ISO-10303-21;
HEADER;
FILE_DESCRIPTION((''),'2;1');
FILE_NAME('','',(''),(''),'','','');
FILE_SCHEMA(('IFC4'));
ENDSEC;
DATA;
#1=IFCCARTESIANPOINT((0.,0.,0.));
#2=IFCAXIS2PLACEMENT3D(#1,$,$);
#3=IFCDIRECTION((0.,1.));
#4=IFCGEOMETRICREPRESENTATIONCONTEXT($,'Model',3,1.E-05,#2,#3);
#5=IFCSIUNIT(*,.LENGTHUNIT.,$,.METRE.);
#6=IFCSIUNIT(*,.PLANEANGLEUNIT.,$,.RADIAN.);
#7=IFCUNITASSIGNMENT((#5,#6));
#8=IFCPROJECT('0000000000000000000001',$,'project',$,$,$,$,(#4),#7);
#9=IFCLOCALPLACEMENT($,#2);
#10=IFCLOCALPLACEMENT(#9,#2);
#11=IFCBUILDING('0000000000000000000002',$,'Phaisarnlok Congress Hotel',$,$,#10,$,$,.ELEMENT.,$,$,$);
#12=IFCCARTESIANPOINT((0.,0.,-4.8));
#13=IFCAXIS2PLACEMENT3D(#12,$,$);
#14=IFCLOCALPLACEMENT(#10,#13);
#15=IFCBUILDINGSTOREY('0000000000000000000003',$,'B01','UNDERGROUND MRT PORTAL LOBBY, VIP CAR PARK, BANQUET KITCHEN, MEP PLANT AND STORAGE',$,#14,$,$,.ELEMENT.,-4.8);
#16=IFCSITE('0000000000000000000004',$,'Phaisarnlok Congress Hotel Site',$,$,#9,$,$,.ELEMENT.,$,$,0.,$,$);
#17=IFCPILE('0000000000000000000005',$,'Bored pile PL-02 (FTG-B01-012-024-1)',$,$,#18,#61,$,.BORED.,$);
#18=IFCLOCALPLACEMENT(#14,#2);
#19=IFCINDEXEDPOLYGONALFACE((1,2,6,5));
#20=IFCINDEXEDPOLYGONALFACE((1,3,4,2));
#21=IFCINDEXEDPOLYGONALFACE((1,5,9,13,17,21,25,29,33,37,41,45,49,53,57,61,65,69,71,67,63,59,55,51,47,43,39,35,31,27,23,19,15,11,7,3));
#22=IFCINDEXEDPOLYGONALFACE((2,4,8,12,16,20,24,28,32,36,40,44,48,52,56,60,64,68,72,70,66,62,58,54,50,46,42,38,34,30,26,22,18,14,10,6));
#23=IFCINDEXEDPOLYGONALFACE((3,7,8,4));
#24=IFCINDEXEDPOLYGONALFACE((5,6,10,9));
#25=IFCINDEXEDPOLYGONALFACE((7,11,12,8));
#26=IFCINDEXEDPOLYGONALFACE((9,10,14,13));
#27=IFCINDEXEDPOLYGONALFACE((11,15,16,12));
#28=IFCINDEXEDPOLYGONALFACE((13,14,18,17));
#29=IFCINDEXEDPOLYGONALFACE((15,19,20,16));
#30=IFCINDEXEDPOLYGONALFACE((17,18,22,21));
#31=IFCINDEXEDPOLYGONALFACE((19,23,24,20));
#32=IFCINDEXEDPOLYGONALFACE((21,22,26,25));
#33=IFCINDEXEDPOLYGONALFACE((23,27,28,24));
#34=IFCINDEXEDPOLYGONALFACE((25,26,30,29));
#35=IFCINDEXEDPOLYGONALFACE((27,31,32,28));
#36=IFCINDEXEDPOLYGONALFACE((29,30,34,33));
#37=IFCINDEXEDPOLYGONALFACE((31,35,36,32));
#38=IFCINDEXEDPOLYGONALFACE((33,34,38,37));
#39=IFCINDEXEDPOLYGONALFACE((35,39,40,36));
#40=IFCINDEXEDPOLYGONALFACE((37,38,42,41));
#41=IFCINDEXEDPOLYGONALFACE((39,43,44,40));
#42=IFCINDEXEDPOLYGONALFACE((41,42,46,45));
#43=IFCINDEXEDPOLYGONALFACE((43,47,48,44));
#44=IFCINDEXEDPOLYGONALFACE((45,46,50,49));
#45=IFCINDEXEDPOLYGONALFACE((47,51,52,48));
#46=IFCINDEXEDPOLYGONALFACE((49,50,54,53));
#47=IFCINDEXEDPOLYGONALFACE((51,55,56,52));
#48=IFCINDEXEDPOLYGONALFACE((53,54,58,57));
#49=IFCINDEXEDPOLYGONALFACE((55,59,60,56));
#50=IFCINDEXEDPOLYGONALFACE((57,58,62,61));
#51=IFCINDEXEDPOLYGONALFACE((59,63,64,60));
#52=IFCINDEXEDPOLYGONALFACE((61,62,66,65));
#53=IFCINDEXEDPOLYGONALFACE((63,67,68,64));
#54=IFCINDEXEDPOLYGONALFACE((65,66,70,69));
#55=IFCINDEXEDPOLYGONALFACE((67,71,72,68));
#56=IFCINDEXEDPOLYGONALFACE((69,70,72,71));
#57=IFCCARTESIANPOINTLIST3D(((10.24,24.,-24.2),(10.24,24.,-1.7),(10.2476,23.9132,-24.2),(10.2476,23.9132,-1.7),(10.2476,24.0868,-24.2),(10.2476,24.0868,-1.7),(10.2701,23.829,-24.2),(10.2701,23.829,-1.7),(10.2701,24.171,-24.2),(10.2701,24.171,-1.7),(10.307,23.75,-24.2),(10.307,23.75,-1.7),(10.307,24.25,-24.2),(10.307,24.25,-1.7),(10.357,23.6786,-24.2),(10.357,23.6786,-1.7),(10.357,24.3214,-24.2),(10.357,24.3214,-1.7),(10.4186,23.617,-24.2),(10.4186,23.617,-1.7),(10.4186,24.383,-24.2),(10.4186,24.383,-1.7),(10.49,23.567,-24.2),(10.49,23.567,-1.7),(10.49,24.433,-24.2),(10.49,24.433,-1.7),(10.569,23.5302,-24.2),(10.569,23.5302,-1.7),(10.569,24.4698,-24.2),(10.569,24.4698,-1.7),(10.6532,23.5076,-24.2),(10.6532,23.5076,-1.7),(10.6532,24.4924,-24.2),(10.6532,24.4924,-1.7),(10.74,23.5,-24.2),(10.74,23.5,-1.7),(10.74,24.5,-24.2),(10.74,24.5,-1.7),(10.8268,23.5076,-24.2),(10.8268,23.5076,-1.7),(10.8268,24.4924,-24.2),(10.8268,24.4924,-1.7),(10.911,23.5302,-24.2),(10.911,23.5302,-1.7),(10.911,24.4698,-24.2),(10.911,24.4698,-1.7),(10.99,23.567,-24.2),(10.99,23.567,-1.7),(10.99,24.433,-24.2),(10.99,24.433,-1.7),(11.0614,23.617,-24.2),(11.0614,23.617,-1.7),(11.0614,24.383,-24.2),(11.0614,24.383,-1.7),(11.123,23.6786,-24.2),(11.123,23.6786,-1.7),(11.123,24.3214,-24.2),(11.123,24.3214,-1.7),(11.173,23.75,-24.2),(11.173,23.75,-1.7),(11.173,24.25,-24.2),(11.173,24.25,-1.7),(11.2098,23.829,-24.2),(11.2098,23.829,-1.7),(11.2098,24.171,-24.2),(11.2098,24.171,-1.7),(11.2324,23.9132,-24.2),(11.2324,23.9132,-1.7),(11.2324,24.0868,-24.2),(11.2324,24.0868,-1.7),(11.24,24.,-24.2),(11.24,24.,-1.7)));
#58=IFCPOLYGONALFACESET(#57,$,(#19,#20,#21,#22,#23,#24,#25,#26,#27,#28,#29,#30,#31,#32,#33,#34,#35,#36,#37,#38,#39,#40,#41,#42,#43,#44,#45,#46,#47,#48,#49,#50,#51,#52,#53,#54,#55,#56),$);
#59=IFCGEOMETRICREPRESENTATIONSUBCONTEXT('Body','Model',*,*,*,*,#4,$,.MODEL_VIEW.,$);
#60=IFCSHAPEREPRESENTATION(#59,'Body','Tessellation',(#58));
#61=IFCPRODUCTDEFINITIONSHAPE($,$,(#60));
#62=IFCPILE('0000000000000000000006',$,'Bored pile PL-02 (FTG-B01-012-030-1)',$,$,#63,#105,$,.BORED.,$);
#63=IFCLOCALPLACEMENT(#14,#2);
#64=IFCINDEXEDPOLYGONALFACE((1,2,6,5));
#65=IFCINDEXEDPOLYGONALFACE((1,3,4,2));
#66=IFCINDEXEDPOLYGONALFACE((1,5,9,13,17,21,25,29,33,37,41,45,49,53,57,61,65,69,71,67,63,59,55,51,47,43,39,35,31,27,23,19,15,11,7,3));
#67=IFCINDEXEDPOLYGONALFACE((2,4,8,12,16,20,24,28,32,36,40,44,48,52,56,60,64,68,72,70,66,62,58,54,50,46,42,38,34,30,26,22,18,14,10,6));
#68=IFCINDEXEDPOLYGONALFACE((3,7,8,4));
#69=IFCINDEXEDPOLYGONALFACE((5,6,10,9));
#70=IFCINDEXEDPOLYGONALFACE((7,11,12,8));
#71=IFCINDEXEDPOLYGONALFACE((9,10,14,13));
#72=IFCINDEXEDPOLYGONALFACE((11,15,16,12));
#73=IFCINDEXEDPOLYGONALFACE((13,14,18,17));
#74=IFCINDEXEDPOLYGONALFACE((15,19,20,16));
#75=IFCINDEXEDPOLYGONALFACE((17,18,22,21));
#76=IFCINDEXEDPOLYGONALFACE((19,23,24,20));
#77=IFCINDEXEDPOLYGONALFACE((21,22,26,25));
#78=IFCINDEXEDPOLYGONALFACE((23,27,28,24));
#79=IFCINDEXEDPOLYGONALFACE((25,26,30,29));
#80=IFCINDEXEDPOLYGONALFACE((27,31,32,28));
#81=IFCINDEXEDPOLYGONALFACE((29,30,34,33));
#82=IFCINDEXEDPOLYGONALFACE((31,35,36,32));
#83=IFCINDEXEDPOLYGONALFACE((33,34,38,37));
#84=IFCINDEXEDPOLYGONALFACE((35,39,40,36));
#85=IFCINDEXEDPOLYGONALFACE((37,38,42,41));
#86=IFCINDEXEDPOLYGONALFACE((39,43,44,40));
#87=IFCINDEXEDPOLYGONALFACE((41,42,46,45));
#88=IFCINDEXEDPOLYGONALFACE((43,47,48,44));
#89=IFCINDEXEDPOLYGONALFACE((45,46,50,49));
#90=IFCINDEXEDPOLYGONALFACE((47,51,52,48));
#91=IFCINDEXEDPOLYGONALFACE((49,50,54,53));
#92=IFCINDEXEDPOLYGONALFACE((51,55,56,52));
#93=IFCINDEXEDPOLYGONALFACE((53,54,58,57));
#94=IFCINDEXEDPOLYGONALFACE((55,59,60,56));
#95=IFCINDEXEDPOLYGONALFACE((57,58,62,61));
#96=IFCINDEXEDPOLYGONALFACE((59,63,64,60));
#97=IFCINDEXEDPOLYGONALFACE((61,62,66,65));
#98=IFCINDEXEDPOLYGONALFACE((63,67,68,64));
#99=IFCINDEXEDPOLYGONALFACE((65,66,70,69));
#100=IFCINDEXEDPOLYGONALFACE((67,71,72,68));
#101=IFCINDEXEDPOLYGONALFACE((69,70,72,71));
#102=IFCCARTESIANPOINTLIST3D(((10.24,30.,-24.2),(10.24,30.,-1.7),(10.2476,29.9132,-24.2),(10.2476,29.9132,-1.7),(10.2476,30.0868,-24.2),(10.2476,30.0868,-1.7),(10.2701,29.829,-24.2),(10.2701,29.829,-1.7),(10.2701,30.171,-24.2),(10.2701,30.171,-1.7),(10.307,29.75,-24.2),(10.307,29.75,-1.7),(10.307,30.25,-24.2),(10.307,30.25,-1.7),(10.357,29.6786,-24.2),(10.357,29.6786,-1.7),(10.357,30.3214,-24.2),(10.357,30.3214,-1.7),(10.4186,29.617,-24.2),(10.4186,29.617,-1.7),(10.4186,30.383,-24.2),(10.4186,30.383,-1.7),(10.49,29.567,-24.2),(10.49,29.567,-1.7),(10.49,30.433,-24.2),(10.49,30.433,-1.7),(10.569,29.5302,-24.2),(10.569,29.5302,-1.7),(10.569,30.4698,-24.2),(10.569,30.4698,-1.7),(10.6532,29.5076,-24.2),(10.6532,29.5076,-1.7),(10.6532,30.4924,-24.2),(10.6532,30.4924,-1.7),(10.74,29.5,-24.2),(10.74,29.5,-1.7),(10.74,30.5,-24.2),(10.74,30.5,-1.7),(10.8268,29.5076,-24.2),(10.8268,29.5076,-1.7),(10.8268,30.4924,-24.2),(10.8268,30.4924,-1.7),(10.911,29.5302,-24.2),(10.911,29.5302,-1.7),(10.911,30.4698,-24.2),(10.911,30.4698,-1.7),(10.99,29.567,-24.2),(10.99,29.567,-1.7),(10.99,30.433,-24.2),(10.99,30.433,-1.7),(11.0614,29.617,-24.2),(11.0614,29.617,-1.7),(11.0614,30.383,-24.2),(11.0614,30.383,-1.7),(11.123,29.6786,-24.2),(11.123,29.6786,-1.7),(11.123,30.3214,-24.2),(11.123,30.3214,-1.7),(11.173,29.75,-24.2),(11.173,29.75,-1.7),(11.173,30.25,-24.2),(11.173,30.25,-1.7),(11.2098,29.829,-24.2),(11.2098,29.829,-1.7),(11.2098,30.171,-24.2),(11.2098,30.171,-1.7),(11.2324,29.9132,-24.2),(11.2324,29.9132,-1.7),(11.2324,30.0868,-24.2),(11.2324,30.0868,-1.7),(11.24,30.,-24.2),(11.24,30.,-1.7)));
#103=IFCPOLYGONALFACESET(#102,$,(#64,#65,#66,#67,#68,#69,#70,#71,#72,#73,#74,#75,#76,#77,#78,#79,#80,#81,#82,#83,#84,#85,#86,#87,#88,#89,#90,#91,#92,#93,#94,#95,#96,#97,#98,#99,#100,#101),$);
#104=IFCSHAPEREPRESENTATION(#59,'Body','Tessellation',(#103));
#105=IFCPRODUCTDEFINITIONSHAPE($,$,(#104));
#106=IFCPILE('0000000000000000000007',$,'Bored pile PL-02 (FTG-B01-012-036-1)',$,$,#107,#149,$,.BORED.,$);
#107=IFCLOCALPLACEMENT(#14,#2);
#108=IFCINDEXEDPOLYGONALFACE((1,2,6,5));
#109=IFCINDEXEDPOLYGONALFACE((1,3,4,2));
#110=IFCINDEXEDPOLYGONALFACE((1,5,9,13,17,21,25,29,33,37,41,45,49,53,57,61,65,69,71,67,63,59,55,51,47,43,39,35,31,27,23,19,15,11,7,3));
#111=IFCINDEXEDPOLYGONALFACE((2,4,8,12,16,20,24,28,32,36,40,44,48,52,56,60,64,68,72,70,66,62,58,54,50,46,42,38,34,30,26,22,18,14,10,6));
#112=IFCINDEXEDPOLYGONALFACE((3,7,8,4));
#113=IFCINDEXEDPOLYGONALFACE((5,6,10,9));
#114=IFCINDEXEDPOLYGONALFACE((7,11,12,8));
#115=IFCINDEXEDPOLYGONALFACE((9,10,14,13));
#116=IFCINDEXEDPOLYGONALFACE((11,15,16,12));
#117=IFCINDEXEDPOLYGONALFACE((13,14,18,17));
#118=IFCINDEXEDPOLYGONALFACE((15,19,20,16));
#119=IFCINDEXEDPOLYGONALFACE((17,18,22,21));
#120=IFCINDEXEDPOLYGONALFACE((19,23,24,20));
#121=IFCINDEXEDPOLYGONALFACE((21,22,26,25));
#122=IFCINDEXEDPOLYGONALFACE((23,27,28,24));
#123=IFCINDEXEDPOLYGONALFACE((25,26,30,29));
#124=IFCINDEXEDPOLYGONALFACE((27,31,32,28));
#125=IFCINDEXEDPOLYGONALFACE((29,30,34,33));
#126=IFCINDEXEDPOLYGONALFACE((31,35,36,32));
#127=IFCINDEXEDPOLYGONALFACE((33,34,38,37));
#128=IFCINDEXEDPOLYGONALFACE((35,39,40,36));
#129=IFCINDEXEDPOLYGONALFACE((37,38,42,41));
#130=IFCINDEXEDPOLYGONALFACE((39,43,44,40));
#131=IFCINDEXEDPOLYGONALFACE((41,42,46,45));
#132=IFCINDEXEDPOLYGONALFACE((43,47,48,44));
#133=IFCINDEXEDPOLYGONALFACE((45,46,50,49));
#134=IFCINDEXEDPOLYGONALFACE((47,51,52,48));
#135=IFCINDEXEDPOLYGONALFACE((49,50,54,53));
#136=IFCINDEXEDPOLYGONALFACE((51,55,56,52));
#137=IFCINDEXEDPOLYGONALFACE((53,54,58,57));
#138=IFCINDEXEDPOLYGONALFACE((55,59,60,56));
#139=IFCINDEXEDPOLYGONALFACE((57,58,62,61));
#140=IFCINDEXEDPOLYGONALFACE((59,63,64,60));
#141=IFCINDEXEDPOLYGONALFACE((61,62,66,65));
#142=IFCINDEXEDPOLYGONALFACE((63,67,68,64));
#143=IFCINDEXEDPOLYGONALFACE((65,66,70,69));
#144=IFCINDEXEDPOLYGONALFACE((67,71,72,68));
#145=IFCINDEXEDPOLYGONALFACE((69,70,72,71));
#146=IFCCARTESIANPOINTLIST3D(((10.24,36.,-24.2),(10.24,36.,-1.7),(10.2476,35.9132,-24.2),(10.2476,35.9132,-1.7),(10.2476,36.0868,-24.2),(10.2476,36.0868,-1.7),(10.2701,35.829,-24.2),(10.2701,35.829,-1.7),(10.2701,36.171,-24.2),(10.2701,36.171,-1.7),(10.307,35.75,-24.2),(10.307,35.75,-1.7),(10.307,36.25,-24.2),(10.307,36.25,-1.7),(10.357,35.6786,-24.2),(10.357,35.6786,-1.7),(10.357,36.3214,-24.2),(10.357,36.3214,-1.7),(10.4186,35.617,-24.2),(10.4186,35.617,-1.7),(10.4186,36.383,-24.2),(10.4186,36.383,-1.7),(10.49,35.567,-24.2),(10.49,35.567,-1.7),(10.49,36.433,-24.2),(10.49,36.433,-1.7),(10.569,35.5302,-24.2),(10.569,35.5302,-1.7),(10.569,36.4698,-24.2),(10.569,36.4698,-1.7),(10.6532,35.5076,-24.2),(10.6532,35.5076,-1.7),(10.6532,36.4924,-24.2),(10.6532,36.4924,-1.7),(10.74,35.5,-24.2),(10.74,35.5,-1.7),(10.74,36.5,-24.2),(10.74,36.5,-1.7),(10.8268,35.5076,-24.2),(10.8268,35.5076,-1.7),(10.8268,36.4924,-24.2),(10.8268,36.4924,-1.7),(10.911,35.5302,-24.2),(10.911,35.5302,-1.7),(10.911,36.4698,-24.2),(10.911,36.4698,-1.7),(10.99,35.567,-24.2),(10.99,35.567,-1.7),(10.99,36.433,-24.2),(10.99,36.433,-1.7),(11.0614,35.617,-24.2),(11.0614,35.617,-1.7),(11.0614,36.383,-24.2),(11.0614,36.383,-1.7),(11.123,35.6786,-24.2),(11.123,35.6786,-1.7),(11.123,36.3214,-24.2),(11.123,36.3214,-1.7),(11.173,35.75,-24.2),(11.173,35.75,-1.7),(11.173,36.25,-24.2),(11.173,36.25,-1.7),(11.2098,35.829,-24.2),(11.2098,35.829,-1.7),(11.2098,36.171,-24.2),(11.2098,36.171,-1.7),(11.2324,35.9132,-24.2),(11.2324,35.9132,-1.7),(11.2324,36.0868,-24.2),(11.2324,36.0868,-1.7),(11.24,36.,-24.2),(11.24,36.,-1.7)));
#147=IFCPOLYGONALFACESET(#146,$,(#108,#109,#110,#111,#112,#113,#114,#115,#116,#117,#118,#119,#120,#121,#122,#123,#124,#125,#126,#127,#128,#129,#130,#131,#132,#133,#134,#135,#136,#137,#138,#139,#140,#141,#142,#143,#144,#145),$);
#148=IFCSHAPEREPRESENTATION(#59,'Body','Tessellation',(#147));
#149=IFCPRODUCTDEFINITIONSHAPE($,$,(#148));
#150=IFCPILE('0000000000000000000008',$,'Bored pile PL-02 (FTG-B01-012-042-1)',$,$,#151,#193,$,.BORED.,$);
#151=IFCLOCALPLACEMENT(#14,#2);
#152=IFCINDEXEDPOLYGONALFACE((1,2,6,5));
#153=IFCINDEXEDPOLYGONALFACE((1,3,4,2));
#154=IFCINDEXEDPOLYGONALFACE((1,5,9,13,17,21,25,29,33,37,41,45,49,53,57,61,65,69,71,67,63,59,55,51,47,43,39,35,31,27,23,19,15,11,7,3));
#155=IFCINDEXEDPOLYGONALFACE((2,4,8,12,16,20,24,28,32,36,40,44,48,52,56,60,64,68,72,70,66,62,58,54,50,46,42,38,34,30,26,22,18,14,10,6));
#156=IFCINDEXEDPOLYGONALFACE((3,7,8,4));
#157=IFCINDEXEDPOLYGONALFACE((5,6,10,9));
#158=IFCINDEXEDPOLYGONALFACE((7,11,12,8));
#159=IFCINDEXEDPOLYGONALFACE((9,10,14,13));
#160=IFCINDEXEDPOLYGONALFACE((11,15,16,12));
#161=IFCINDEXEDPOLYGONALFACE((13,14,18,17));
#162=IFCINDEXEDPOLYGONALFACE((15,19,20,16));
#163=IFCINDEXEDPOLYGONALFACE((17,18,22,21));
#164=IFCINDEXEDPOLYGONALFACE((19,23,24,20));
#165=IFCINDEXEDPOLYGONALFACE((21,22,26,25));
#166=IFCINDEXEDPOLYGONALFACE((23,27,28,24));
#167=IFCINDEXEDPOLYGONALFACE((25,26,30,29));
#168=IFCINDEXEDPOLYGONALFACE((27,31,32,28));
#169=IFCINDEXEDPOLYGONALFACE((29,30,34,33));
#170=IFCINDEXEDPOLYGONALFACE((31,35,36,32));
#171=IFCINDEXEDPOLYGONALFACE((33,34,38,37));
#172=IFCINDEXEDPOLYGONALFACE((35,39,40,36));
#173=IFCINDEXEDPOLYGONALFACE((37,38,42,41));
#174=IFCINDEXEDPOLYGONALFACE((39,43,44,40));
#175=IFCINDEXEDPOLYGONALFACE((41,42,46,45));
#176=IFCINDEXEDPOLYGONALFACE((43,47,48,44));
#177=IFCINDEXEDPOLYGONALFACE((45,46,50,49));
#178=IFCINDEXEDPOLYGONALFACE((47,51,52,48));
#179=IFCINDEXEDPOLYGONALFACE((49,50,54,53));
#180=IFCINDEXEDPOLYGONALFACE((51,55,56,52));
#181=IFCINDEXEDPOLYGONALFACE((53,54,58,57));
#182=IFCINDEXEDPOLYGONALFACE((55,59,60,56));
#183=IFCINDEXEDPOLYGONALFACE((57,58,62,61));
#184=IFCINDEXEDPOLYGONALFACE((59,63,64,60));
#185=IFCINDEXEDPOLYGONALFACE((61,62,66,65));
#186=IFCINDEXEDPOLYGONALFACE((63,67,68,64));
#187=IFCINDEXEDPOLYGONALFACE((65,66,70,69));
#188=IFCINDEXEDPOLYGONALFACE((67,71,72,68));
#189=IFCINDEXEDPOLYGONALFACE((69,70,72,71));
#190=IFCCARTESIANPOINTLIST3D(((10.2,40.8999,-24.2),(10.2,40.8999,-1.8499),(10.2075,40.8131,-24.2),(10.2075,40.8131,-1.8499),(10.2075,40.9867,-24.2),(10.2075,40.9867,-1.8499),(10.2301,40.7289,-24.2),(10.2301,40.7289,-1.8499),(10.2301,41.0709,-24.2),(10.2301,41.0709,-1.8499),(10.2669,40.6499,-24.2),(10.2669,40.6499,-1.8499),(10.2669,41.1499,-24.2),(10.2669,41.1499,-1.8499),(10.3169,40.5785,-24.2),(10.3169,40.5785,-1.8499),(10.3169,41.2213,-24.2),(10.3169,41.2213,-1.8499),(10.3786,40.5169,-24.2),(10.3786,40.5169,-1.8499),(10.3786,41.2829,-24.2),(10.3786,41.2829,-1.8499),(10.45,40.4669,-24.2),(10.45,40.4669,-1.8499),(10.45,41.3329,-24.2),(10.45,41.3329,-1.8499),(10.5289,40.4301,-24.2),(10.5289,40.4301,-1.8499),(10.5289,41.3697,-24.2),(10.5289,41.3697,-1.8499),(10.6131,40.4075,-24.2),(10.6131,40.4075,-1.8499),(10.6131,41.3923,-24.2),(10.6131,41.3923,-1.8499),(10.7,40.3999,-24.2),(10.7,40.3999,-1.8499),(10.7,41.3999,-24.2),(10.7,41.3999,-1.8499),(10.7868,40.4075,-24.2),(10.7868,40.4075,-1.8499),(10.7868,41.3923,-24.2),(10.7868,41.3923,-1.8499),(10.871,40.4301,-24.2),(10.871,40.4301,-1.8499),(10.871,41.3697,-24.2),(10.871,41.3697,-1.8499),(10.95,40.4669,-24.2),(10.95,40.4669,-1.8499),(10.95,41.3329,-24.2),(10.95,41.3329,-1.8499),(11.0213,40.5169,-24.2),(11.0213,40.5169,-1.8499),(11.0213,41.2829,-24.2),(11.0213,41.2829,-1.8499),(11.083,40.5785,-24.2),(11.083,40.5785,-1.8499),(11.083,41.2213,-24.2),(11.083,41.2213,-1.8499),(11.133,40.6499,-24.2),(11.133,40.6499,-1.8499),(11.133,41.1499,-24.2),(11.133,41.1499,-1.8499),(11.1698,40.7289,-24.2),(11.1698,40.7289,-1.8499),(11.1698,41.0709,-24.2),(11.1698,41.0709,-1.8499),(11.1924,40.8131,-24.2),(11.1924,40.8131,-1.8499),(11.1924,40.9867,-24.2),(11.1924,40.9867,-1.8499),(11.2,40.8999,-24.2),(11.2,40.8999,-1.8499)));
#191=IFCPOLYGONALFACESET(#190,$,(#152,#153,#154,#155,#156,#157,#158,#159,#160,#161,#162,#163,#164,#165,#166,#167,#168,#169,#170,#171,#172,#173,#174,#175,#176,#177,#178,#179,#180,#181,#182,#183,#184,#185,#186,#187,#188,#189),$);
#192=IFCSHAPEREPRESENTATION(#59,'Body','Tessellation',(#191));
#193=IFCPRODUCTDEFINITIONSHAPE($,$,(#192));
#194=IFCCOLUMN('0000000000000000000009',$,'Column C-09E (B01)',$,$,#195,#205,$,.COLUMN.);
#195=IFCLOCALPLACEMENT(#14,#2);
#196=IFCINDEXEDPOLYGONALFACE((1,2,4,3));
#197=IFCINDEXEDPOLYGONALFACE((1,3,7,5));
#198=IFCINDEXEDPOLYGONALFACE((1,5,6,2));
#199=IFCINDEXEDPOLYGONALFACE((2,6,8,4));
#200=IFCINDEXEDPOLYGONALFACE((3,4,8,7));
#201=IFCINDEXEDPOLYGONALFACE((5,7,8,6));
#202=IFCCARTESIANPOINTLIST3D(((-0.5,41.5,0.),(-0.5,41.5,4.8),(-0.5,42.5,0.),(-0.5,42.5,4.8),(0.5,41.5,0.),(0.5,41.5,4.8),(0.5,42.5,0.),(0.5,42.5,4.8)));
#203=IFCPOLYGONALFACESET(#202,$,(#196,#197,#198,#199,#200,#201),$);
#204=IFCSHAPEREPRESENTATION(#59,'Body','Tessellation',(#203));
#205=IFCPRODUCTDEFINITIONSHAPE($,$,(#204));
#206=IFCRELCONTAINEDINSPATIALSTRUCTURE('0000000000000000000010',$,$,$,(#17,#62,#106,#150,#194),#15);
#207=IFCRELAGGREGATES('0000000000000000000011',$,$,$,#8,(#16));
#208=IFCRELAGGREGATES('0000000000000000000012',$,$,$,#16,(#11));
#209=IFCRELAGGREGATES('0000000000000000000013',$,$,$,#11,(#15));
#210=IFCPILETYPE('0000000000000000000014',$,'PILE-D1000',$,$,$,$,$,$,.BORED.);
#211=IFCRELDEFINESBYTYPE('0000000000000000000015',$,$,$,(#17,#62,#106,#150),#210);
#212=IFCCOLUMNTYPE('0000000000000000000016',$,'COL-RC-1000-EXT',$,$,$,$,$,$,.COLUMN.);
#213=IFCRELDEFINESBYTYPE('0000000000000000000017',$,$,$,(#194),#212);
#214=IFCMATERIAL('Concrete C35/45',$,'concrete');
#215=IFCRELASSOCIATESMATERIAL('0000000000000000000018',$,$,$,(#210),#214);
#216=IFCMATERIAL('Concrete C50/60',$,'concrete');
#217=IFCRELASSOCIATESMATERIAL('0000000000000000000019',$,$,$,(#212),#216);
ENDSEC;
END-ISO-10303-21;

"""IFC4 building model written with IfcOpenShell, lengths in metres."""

from ifc_helpers import new_model, si_unit, direction, frame, origin, origin_2d, place, context, subcontext, project, spatial, rectangle, circle, extrude, material, material_profile, profile_set, type_object, element, save


model = new_model("IFC4")

# Units and contexts
model_context = context("Model", 3, precision=1e-05, world=origin(), true_north=direction((0.0, 1.0)))
body_context = subcontext(model_context, "Body", "Model", "MODEL_VIEW")
ifc_project = project(units=[si_unit("LENGTHUNIT", "METRE"), si_unit("PLANEANGLEUNIT", "RADIAN")], contexts=[model_context])

# Site, building, storey
site_placement = place(None, origin())
site = spatial("IfcSite", under=ifc_project, at=site_placement, Name="Phaisarnlok Congress Hotel Site", CompositionType="ELEMENT", RefElevation=0.0)
building_placement = place(site_placement, origin())
building = spatial("IfcBuilding", under=site, at=building_placement, Name="Phaisarnlok Congress Hotel", CompositionType="ELEMENT")
storey_placement = place(building_placement, frame((0.0, 0.0, -4.8)))
storey = spatial("IfcBuildingStorey", under=building, at=storey_placement, Name="B01", Description="UNDERGROUND MRT PORTAL LOBBY, VIP CAR PARK, BANQUET KITCHEN, MEP PLANT AND STORAGE", CompositionType="ELEMENT", Elevation=-4.8)

# Piles
ifc_material_1 = material(Name="Concrete C35/45", Category="concrete")
ifc_material_profile_1 = material_profile(ifc_material_1, circle(Radius=0.5, at=origin_2d()), Name="BORED PILE D1000")
ifc_profile_set_1 = profile_set([ifc_material_profile_1], Name="Concrete C35/45")
pile_type = type_object("IfcPileType", Name="PILE-D1000", PredefinedType="BORED", material=ifc_profile_set_1)
for number, where, z_axis, x_axis, name in (
    (1, (10.74, 24.0, -1.7), (0.0, 0.0, -1.0), (1.0, 0.0, 0.0), "Bored pile PL-02 (FTG-B01-012-024-1)"),
    (2, (10.74, 30.0, -1.7), (0.0, 0.0, -1.0), (1.0, 0.0, 0.0), "Bored pile PL-02 (FTG-B01-012-030-1)"),
    (3, (10.74, 36.0, -1.7), (0.0, 0.0, -1.0), (1.0, 0.0, 0.0), "Bored pile PL-02 (FTG-B01-012-036-1)"),
):
    element("IfcPile", number, at=place(storey_placement, frame(where, z_axis=z_axis, x_axis=x_axis)), inside=storey, type_object=pile_type, Name=name, PredefinedType="BORED", context=body_context, shape_type="SweptSolid", body=[
        extrude(circle(Radius=0.5, at=origin_2d()), origin(), (0.0, 0.0, 1.0), 22.5),
    ])
pile_placement = place(storey_placement, frame((10.7, 40.8999, -1.8499), z_axis=(0.0, 0.0, -1.0), x_axis=(1.0, 0.0, 0.0)))
element("IfcPile", 4, at=pile_placement, inside=storey, type_object=pile_type, Name="Bored pile PL-02 (FTG-B01-012-042-1)", PredefinedType="BORED", context=body_context, shape_type="SweptSolid", body=[
    extrude(circle(Radius=0.5, at=origin_2d()), origin(), (0.0, 0.0, 1.0), 22.3501),
])

# Column
ifc_material_2 = material(Name="Concrete C50/60", Category="concrete")
ifc_material_profile_2 = material_profile(ifc_material_2, rectangle(XDim=1.0, YDim=1.0, at=origin_2d()), Name="RC 1000x1000")
ifc_profile_set_2 = profile_set([ifc_material_profile_2], Name="Concrete C50/60")
column_type_1 = type_object("IfcColumnType", Name="COL-RC-1000-EXT", PredefinedType="COLUMN", material=ifc_profile_set_2)
column_1_placement = place(storey_placement, frame((0.0, 42.0, 0.0), z_axis=(0.0, 0.0, 1.0), x_axis=(1.0, 0.0, 0.0)))
element("IfcColumn", 5, at=column_1_placement, inside=storey, type_object=column_type_1, Name="Column C-09E (B01)", PredefinedType="COLUMN", context=body_context, shape_type="SweptSolid", body=[
    extrude(rectangle(XDim=1.0, YDim=1.0, at=origin_2d()), origin(), (0.0, 0.0, 1.0), 4.8),
])

save(model, "model.ifc")
